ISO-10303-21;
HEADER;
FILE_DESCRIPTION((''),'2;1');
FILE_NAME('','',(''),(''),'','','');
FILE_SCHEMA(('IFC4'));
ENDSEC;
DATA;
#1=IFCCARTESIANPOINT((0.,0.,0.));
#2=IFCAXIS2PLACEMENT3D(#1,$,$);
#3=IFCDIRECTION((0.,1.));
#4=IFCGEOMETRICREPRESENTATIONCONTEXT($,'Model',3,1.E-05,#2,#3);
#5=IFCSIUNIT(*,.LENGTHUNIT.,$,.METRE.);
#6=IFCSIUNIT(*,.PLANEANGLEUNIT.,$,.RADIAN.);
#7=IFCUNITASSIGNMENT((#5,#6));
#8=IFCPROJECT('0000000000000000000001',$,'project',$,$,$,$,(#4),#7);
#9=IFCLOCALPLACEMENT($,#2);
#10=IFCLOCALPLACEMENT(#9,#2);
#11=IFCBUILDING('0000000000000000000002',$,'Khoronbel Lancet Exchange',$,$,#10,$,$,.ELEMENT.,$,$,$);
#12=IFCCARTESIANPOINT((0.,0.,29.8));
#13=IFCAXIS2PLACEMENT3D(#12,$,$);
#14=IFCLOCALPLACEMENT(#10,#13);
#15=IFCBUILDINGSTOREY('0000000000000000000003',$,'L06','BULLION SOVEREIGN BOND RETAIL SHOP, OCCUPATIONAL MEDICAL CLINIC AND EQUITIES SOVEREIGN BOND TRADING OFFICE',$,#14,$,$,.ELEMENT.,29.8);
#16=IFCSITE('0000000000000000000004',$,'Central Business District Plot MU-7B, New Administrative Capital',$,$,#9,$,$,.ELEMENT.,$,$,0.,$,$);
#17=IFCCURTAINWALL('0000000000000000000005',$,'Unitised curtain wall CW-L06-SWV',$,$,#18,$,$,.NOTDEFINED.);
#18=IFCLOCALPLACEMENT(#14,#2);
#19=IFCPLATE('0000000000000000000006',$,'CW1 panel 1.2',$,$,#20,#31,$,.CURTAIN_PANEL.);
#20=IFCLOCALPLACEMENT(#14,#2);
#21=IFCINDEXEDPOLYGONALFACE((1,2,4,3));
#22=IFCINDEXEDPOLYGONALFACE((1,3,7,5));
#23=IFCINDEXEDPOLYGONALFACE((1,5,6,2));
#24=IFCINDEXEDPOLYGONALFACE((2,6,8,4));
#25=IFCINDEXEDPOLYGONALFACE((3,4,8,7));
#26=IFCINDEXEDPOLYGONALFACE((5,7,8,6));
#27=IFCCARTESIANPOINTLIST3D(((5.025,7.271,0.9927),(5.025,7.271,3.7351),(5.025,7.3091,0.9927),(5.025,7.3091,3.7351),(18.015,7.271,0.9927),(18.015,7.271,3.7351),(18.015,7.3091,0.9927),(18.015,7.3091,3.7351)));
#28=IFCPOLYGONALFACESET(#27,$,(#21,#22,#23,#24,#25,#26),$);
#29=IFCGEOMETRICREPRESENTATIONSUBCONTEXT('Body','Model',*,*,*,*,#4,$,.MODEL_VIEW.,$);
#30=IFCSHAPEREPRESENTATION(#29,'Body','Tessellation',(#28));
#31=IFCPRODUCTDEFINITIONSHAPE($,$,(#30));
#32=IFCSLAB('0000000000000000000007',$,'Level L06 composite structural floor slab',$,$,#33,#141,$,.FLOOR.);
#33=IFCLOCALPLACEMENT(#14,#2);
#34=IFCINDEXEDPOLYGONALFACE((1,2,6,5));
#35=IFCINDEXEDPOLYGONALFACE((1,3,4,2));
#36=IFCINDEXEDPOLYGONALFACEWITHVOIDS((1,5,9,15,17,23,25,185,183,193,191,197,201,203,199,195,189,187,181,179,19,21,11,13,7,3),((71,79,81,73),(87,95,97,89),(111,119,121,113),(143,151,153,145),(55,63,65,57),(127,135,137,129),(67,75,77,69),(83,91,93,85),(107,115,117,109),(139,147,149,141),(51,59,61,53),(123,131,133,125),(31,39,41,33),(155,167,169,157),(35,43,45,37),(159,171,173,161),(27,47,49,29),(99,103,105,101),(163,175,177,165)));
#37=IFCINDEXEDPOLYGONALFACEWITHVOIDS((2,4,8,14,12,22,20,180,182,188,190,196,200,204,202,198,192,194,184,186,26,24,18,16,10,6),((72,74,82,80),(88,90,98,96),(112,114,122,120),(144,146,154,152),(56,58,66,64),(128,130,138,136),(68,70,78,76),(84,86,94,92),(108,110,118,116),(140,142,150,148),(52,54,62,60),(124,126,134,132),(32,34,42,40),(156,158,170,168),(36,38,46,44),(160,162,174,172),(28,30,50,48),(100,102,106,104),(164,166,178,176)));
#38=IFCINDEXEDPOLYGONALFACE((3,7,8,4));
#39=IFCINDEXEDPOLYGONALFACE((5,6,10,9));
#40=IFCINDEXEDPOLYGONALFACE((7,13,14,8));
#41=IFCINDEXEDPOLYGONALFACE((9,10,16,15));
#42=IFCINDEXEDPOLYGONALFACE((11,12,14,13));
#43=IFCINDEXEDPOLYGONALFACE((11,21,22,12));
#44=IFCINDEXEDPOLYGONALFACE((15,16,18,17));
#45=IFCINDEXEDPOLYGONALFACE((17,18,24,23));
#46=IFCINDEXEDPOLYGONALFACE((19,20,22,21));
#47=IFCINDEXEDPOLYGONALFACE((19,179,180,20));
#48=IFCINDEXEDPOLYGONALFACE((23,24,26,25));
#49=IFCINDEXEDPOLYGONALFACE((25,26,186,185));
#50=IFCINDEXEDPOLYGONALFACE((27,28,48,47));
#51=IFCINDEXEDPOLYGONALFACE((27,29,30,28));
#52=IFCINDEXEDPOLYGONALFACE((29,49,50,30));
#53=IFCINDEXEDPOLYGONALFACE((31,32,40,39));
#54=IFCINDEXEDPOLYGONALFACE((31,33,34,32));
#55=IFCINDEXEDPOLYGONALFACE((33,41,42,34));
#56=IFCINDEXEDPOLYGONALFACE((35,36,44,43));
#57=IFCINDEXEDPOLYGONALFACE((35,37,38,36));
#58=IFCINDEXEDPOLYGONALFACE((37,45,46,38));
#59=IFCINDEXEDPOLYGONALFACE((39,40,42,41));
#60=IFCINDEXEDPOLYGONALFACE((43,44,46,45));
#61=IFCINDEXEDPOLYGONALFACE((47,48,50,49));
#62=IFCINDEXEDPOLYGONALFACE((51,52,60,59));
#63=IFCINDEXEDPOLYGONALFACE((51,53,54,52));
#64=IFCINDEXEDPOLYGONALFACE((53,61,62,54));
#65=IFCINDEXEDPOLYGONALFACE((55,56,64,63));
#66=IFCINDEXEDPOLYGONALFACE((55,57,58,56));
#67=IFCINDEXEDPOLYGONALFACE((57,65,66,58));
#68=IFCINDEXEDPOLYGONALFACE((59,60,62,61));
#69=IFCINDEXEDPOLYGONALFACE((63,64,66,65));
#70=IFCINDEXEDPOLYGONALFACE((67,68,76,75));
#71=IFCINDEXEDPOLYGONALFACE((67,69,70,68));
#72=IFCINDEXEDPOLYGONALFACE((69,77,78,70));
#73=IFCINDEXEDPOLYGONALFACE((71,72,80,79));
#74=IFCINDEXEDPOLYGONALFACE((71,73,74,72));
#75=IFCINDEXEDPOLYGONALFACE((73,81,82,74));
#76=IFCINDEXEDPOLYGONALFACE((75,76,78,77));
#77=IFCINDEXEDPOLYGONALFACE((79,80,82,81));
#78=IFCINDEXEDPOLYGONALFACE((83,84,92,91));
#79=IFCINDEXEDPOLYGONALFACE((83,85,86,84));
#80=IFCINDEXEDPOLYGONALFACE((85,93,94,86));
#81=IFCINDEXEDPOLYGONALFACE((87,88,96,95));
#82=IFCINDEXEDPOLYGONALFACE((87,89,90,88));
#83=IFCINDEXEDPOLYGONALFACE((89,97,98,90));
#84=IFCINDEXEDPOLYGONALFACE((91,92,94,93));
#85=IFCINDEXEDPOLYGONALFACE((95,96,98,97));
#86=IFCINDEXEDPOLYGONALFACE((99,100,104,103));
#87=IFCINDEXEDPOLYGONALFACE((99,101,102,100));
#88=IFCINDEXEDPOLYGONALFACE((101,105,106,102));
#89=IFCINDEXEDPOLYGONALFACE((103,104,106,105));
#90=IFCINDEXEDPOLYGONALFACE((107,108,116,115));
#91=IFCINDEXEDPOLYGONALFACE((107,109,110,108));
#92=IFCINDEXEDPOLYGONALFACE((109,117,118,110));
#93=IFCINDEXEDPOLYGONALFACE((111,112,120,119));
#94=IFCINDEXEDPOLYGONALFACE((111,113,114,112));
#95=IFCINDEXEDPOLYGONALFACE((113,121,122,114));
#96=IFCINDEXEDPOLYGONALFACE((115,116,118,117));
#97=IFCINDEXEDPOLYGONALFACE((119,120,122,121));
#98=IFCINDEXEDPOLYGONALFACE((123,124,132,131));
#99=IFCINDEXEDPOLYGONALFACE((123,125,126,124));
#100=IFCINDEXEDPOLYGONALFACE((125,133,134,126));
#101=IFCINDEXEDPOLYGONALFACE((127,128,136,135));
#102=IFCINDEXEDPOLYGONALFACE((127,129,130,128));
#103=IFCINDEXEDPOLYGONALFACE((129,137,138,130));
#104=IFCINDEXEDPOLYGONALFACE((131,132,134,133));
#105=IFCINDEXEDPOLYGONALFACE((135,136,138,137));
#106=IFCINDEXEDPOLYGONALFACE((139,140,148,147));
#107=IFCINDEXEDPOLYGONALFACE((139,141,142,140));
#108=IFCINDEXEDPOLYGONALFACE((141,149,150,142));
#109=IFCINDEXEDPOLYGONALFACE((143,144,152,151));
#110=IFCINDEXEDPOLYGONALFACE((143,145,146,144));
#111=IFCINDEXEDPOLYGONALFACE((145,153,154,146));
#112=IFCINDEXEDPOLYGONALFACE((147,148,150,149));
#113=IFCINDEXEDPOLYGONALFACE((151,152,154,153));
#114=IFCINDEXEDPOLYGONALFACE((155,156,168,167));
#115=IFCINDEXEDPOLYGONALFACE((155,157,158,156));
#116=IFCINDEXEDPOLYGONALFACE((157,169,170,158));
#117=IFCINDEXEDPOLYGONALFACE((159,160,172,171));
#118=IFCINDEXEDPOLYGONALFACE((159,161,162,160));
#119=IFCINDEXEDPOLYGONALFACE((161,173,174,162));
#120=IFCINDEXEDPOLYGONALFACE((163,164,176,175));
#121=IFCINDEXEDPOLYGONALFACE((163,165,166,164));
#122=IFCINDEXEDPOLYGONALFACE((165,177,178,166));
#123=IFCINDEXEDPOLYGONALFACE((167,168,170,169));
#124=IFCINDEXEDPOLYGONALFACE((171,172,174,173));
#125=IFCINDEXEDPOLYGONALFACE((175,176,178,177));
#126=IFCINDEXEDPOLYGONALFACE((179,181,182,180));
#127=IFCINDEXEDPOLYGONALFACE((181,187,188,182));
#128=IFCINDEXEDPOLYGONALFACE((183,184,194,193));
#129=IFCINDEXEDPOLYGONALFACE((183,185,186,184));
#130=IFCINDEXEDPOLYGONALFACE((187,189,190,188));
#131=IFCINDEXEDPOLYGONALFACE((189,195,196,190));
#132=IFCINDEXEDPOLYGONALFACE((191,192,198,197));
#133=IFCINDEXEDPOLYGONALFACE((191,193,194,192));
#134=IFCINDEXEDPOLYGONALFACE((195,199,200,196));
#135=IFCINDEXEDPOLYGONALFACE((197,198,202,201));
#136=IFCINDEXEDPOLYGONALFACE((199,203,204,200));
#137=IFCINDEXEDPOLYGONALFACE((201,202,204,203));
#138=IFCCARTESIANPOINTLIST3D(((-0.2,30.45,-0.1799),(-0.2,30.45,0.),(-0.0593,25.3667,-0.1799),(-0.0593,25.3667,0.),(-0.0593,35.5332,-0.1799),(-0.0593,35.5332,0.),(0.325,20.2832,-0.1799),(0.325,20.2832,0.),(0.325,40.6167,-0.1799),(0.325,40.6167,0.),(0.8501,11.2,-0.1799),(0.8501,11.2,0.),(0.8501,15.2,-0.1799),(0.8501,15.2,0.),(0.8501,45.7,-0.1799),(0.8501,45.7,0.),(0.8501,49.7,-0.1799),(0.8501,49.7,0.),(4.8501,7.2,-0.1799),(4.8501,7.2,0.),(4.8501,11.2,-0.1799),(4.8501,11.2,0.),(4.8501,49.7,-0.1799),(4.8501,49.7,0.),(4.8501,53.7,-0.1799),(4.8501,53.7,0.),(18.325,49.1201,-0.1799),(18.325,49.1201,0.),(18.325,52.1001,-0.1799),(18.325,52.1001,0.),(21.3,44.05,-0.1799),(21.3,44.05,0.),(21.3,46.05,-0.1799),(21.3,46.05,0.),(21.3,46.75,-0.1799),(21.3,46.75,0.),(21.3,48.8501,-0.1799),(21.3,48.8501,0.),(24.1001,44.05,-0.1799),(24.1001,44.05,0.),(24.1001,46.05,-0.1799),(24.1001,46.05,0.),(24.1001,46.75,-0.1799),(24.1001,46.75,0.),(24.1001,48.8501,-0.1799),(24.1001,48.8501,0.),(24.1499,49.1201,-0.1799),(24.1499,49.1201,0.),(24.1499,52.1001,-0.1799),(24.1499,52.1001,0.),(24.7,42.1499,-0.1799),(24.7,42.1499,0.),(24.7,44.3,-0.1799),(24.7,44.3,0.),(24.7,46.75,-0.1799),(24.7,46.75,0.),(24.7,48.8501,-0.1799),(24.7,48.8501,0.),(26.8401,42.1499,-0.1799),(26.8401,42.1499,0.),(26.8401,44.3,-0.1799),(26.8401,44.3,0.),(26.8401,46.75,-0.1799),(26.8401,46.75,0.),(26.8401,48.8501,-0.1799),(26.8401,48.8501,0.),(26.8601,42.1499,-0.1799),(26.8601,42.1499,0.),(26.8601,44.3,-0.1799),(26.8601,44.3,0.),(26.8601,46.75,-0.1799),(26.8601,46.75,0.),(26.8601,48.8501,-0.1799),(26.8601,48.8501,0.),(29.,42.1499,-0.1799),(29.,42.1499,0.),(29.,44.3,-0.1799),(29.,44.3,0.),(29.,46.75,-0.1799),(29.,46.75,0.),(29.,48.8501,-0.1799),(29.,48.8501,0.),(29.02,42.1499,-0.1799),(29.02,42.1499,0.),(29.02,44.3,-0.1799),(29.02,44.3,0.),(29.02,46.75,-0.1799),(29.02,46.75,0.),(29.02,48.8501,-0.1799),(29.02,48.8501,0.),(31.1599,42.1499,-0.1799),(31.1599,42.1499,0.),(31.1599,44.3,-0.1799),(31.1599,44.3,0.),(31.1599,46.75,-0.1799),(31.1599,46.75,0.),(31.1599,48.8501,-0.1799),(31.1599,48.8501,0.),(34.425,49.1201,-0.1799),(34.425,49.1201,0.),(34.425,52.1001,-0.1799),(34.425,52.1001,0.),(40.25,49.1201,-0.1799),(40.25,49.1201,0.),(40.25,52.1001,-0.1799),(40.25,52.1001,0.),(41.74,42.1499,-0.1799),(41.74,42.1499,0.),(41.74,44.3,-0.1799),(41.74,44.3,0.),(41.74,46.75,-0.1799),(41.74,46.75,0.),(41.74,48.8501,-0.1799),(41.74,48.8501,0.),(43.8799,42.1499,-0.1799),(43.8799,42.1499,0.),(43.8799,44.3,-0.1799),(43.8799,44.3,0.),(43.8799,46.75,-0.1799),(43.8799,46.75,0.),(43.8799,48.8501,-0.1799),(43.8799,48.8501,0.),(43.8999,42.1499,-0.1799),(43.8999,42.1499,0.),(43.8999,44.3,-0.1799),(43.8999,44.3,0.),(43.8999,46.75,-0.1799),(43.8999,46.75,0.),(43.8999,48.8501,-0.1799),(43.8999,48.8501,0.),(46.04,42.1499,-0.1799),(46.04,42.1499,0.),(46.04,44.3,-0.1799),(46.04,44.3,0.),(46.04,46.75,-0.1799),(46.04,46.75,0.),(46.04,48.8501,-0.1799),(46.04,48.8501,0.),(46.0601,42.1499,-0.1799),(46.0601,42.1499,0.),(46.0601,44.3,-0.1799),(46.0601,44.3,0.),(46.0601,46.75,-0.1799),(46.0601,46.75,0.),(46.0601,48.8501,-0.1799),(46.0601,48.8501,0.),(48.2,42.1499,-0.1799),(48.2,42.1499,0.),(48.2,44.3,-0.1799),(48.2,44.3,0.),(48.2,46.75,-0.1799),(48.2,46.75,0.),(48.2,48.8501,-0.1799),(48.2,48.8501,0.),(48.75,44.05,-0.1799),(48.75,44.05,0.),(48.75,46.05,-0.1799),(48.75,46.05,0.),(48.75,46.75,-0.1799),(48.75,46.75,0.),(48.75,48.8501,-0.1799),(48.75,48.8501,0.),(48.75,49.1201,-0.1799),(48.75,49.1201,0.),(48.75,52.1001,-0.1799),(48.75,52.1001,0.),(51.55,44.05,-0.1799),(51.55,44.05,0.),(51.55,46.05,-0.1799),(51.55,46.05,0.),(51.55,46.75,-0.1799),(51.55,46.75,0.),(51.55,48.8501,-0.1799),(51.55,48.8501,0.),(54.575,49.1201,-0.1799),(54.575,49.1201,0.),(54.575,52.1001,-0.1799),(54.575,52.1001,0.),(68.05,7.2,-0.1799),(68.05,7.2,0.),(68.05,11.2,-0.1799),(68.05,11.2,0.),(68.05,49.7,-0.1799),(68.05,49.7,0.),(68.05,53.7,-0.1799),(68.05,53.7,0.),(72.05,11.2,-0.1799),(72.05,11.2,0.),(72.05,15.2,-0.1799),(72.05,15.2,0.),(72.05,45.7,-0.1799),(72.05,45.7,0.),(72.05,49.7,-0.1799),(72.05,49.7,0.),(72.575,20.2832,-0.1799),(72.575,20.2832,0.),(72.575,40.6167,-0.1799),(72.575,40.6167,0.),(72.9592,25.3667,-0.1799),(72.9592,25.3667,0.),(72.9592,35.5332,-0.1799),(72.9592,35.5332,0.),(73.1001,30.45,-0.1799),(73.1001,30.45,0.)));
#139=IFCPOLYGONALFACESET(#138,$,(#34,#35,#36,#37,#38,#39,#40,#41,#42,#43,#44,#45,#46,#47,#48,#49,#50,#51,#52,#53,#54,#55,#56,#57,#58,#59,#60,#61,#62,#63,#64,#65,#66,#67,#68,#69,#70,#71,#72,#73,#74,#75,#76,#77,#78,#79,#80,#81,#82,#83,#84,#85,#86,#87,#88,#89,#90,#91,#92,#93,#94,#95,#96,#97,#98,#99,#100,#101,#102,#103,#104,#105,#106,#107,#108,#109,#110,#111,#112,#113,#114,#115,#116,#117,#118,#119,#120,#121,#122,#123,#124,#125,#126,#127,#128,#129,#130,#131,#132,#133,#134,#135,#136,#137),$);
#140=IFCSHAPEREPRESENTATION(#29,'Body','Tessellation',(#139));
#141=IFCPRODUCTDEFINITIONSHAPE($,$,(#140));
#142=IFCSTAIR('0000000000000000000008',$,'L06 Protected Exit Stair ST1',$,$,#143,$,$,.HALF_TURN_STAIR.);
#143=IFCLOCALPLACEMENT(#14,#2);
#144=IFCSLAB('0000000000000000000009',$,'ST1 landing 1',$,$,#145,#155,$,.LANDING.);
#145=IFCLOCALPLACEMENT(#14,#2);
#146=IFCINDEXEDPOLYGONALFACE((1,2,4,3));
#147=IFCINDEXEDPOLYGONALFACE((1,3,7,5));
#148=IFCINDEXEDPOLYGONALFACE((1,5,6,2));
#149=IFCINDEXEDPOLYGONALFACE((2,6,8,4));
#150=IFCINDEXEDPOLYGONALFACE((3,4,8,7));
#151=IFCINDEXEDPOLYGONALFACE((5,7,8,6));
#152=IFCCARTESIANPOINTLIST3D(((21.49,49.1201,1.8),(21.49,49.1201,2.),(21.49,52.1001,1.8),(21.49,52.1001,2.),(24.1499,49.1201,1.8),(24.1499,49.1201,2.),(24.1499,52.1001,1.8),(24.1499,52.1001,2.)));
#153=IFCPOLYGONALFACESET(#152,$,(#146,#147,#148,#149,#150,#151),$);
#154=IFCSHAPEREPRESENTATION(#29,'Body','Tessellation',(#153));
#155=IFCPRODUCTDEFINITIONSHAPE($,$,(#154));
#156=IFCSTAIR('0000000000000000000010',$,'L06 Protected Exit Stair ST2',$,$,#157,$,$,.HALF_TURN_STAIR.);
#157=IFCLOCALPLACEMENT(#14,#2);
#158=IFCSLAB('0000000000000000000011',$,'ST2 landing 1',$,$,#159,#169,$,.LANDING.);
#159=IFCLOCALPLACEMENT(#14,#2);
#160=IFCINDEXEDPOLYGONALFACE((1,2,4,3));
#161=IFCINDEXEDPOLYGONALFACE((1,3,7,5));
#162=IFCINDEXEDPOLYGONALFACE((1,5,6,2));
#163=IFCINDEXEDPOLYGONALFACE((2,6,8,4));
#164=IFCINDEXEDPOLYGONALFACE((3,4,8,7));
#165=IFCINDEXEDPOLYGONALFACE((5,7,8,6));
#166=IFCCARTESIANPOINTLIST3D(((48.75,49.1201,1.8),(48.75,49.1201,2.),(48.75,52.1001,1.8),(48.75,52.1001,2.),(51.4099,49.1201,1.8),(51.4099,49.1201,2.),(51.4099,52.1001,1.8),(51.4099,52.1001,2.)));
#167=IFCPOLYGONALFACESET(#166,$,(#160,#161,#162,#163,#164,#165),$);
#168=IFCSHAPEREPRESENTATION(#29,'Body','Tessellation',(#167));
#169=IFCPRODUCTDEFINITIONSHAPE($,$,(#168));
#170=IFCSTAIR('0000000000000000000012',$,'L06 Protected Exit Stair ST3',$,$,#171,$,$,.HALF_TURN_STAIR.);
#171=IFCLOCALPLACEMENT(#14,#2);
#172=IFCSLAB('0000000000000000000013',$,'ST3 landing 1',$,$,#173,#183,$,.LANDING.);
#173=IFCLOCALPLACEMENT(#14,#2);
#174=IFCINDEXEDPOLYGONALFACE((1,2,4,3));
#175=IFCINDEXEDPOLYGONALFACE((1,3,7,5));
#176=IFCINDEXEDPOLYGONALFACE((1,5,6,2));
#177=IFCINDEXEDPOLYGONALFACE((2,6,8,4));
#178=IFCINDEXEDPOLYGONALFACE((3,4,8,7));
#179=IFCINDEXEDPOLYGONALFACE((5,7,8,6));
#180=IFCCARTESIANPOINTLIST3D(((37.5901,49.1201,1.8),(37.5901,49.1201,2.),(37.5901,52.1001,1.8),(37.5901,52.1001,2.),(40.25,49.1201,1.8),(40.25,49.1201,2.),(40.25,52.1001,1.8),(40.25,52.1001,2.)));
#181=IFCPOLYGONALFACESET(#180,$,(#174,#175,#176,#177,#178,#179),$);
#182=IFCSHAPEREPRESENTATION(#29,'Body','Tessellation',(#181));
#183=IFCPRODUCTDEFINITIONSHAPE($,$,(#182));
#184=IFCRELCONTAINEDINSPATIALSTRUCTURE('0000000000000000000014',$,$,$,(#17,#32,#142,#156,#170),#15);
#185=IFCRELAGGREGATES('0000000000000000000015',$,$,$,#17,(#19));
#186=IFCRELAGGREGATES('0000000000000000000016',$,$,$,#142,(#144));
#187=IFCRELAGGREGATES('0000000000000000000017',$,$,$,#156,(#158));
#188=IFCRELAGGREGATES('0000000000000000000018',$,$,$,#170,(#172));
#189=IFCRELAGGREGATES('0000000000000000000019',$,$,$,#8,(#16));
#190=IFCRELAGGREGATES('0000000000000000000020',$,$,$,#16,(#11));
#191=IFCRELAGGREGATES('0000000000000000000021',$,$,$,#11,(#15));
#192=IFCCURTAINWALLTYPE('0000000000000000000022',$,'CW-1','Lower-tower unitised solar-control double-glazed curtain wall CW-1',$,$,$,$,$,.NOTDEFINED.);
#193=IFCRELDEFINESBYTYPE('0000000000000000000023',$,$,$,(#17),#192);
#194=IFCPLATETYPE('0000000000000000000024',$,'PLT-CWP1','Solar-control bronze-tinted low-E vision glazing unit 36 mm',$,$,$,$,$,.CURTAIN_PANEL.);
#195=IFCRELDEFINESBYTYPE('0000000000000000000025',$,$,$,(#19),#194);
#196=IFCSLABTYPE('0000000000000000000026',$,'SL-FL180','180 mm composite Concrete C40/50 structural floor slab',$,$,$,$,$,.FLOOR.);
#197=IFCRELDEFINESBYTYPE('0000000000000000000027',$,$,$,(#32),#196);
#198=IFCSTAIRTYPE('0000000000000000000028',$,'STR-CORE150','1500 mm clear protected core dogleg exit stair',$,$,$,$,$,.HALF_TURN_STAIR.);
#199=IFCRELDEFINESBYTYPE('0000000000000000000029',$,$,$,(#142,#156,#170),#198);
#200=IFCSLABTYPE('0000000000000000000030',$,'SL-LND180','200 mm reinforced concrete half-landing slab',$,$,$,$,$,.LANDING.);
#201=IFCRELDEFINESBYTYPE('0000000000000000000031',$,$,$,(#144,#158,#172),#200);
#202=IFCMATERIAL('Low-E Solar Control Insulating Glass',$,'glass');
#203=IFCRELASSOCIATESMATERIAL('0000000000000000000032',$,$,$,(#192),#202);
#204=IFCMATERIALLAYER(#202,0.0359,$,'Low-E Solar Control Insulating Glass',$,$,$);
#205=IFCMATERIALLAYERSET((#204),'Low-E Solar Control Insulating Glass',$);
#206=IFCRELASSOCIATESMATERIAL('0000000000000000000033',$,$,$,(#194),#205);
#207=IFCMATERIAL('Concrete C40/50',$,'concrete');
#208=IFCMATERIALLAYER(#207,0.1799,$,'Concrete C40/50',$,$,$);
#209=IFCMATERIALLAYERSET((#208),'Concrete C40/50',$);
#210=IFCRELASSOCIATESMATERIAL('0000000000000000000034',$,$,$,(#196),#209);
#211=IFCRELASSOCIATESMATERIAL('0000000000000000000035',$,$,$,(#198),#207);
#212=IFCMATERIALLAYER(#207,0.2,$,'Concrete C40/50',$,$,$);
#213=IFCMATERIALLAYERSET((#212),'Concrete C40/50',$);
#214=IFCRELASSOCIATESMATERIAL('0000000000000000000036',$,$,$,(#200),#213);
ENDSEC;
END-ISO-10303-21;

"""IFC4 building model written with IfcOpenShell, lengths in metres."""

from ifc_helpers import new_model, si_unit, direction, frame, origin, origin_2d, place, context, subcontext, project, spatial, polyline, rectangle, outline, extrude, material, layer, layer_set, type_object, element, aggregate, save


model = new_model("IFC4")

# Units and contexts
model_context = context("Model", 3, precision=1e-05, world=origin(), true_north=direction((0.0, 1.0)))
body_context = subcontext(model_context, "Body", "Model", "MODEL_VIEW")
ifc_project = project(units=[si_unit("LENGTHUNIT", "METRE"), si_unit("PLANEANGLEUNIT", "RADIAN")], contexts=[model_context])

# Site, building, storey
site_placement = place(None, origin())
site = spatial("IfcSite", under=ifc_project, at=site_placement, Name="Central Business District Plot MU-7B, New Administrative Capital", CompositionType="ELEMENT", RefElevation=0.0)
building_placement = place(site_placement, origin())
building = spatial("IfcBuilding", under=site, at=building_placement, Name="Khoronbel Lancet Exchange", CompositionType="ELEMENT")
storey_placement = place(building_placement, frame((0.0, 0.0, 29.8)))
storey = spatial("IfcBuildingStorey", under=building, at=storey_placement, Name="L06", Description="BULLION SOVEREIGN BOND RETAIL SHOP, OCCUPATIONAL MEDICAL CLINIC AND EQUITIES SOVEREIGN BOND TRADING OFFICE", CompositionType="ELEMENT", Elevation=29.8)

# Curtain wall
ifc_material_1 = material(Name="Low-E Solar Control Insulating Glass", Category="glass")
curtain_wall_type = type_object("IfcCurtainWallType", Name="CW-1", Description="Lower-tower unitised solar-control double-glazed curtain wall CW-1", PredefinedType="NOTDEFINED", material=ifc_material_1)
curtain_wall_1_placement = place(storey_placement, origin())
curtain_wall_1 = element("IfcCurtainWall", 1, at=curtain_wall_1_placement, inside=storey, type_object=curtain_wall_type, Name="Unitised curtain wall CW-L06-SWV", PredefinedType="NOTDEFINED")

# Plate
ifc_layer_1 = layer(ifc_material_1, 0.0359, Name="Low-E Solar Control Insulating Glass")
ifc_layer_set_1 = layer_set([ifc_layer_1], Name="Low-E Solar Control Insulating Glass")
plate_type = type_object("IfcPlateType", Name="PLT-CWP1", Description="Solar-control bronze-tinted low-E vision glazing unit 36 mm", PredefinedType="CURTAIN_PANEL", material=ifc_layer_set_1)
plate_1_placement = place(storey_placement, frame((11.52, 7.29, 0.9927), z_axis=(0.0, 0.0, 1.0), x_axis=(1.0, 0.0, 0.0)))
plate_1 = element("IfcPlate", 2, at=plate_1_placement, type_object=plate_type, Name="CW1 panel 1.2", PredefinedType="CURTAIN_PANEL", context=body_context, shape_type="SweptSolid", body=[
    extrude(rectangle(XDim=12.99, YDim=0.0381, at=origin_2d()), origin(), (0.0, 0.0, 1.0), 2.7424),
])
aggregate(curtain_wall_1, [plate_1])

# Slab
ifc_material_2 = material(Name="Concrete C40/50", Category="concrete")
ifc_layer_2 = layer(ifc_material_2, 0.1799, Name="Concrete C40/50")
ifc_layer_set_2 = layer_set([ifc_layer_2], Name="Concrete C40/50")
slab_type_1 = type_object("IfcSlabType", Name="SL-FL180", Description="180 mm composite Concrete C40/50 structural floor slab", PredefinedType="FLOOR", material=ifc_layer_set_2)
slab_1_placement = place(storey_placement, frame((0.0, 0.0, -0.1799)))
element("IfcSlab", 3, at=slab_1_placement, inside=storey, type_object=slab_type_1, Name="Level L06 composite structural floor slab", PredefinedType="FLOOR", context=body_context, shape_type="SweptSolid", body=[
    extrude(outline(polyline([(4.8501, 7.2), (68.05, 7.2), (68.05, 11.2), (72.05, 11.2), (72.05, 15.2), (72.575, 20.2832), (72.9592, 25.3667), (73.1001, 30.45), (72.9592, 35.5332), (72.575, 40.6167), (72.05, 45.7), (72.05, 49.7), (68.05, 49.7), (68.05, 53.7), (4.8501, 53.7), (4.8501, 49.7), (0.8501, 49.7), (0.8501, 45.7), (0.325, 40.6167), (-0.0593, 35.5332), (-0.2, 30.45), (-0.0593, 25.3667), (0.325, 20.2832), (0.8501, 15.2), (0.8501, 11.2), (4.8501, 11.2), (4.8501, 7.2)]), holes=[polyline([(18.325, 49.1201), (24.1499, 49.1201), (24.1499, 52.1001), (18.325, 52.1001), (18.325, 49.1201)]), polyline([(48.75, 49.1201), (54.575, 49.1201), (54.575, 52.1001), (48.75, 52.1001), (48.75, 49.1201)]), polyline([(34.425, 49.1201), (40.25, 49.1201), (40.25, 52.1001), (34.425, 52.1001), (34.425, 49.1201)]), polyline([(24.7, 46.75), (26.8401, 46.75), (26.8401, 48.8501), (24.7, 48.8501), (24.7, 46.75)]), polyline([(26.8601, 46.75), (29.0, 46.75), (29.0, 48.8501), (26.8601, 48.8501), (26.8601, 46.75)]), polyline([(29.02, 46.75), (31.1599, 46.75), (31.1599, 48.8501), (29.02, 48.8501), (29.02, 46.75)]), polyline([(24.7, 42.1499), (26.8401, 42.1499), (26.8401, 44.3), (24.7, 44.3), (24.7, 42.1499)]), polyline([(26.8601, 42.1499), (29.0, 42.1499), (29.0, 44.3), (26.8601, 44.3), (26.8601, 42.1499)]), polyline([(29.02, 42.1499), (31.1599, 42.1499), (31.1599, 44.3), (29.02, 44.3), (29.02, 42.1499)]), polyline([(41.74, 46.75), (43.8799, 46.75), (43.8799, 48.8501), (41.74, 48.8501), (41.74, 46.75)]), polyline([(43.8999, 46.75), (46.04, 46.75), (46.04, 48.8501), (43.8999, 48.8501), (43.8999, 46.75)]), polyline([(46.0601, 46.75), (48.2, 46.75), (48.2, 48.8501), (46.0601, 48.8501), (46.0601, 46.75)]), polyline([(41.74, 42.1499), (43.8799, 42.1499), (43.8799, 44.3), (41.74, 44.3), (41.74, 42.1499)]), polyline([(43.8999, 42.1499), (46.04, 42.1499), (46.04, 44.3), (43.8999, 44.3), (43.8999, 42.1499)]), polyline([(46.0601, 42.1499), (48.2, 42.1499), (48.2, 44.3), (46.0601, 44.3), (46.0601, 42.1499)]), polyline([(21.3, 46.75), (24.1001, 46.75), (24.1001, 48.8501), (21.3, 48.8501), (21.3, 46.75)]), polyline([(48.75, 46.75), (51.55, 46.75), (51.55, 48.8501), (48.75, 48.8501), (48.75, 46.75)]), polyline([(21.3, 44.05), (24.1001, 44.05), (24.1001, 46.05), (21.3, 46.05), (21.3, 44.05)]), polyline([(48.75, 44.05), (51.55, 44.05), (51.55, 46.05), (48.75, 46.05), (48.75, 44.05)])]), origin(), (0.0, 0.0, 1.0), 0.1799),
])

# Stairs, slabs
stair_type = type_object("IfcStairType", Name="STR-CORE150", Description="1500 mm clear protected core dogleg exit stair", PredefinedType="HALF_TURN_STAIR", material=ifc_material_2)
stair_1_placement = place(storey_placement, origin())
stair_1 = element("IfcStair", 4, at=stair_1_placement, inside=storey, type_object=stair_type, Name="L06 Protected Exit Stair ST1", PredefinedType="HALF_TURN_STAIR")
ifc_layer_3 = layer(ifc_material_2, 0.2, Name="Concrete C40/50")
ifc_layer_set_3 = layer_set([ifc_layer_3], Name="Concrete C40/50")
slab_type_2 = type_object("IfcSlabType", Name="SL-LND180", Description="200 mm reinforced concrete half-landing slab", PredefinedType="LANDING", material=ifc_layer_set_3)
slab_2_placement = place(storey_placement, frame((0.0, 0.0, 1.8)))
slab_2 = element("IfcSlab", 5, at=slab_2_placement, type_object=slab_type_2, Name="ST1 landing 1", PredefinedType="LANDING", context=body_context, shape_type="SweptSolid", body=[
    extrude(outline(polyline([(21.49, 49.1201), (24.1499, 49.1201), (24.1499, 52.1001), (21.49, 52.1001), (21.49, 49.1201)])), origin(), (0.0, 0.0, 1.0), 0.2),
])
aggregate(stair_1, [slab_2])
stair_2_placement = place(storey_placement, origin())
stair_2 = element("IfcStair", 6, at=stair_2_placement, inside=storey, type_object=stair_type, Name="L06 Protected Exit Stair ST2", PredefinedType="HALF_TURN_STAIR")
slab_3_placement = place(storey_placement, frame((0.0, 0.0, 1.8)))
slab_3 = element("IfcSlab", 7, at=slab_3_placement, type_object=slab_type_2, Name="ST2 landing 1", PredefinedType="LANDING", context=body_context, shape_type="SweptSolid", body=[
    extrude(outline(polyline([(51.4099, 52.1001), (48.75, 52.1001), (48.75, 49.1201), (51.4099, 49.1201), (51.4099, 52.1001)])), origin(), (0.0, 0.0, 1.0), 0.2),
])
aggregate(stair_2, [slab_3])
stair_3_placement = place(storey_placement, origin())
stair_3 = element("IfcStair", 8, at=stair_3_placement, inside=storey, type_object=stair_type, Name="L06 Protected Exit Stair ST3", PredefinedType="HALF_TURN_STAIR")
slab_4_placement = place(storey_placement, frame((0.0, 0.0, 1.8)))
slab_4 = element("IfcSlab", 9, at=slab_4_placement, type_object=slab_type_2, Name="ST3 landing 1", PredefinedType="LANDING", context=body_context, shape_type="SweptSolid", body=[
    extrude(outline(polyline([(37.5901, 49.1201), (40.25, 49.1201), (40.25, 52.1001), (37.5901, 52.1001), (37.5901, 49.1201)])), origin(), (0.0, 0.0, 1.0), 0.2),
])
aggregate(stair_3, [slab_4])

save(model, "model.ifc")
